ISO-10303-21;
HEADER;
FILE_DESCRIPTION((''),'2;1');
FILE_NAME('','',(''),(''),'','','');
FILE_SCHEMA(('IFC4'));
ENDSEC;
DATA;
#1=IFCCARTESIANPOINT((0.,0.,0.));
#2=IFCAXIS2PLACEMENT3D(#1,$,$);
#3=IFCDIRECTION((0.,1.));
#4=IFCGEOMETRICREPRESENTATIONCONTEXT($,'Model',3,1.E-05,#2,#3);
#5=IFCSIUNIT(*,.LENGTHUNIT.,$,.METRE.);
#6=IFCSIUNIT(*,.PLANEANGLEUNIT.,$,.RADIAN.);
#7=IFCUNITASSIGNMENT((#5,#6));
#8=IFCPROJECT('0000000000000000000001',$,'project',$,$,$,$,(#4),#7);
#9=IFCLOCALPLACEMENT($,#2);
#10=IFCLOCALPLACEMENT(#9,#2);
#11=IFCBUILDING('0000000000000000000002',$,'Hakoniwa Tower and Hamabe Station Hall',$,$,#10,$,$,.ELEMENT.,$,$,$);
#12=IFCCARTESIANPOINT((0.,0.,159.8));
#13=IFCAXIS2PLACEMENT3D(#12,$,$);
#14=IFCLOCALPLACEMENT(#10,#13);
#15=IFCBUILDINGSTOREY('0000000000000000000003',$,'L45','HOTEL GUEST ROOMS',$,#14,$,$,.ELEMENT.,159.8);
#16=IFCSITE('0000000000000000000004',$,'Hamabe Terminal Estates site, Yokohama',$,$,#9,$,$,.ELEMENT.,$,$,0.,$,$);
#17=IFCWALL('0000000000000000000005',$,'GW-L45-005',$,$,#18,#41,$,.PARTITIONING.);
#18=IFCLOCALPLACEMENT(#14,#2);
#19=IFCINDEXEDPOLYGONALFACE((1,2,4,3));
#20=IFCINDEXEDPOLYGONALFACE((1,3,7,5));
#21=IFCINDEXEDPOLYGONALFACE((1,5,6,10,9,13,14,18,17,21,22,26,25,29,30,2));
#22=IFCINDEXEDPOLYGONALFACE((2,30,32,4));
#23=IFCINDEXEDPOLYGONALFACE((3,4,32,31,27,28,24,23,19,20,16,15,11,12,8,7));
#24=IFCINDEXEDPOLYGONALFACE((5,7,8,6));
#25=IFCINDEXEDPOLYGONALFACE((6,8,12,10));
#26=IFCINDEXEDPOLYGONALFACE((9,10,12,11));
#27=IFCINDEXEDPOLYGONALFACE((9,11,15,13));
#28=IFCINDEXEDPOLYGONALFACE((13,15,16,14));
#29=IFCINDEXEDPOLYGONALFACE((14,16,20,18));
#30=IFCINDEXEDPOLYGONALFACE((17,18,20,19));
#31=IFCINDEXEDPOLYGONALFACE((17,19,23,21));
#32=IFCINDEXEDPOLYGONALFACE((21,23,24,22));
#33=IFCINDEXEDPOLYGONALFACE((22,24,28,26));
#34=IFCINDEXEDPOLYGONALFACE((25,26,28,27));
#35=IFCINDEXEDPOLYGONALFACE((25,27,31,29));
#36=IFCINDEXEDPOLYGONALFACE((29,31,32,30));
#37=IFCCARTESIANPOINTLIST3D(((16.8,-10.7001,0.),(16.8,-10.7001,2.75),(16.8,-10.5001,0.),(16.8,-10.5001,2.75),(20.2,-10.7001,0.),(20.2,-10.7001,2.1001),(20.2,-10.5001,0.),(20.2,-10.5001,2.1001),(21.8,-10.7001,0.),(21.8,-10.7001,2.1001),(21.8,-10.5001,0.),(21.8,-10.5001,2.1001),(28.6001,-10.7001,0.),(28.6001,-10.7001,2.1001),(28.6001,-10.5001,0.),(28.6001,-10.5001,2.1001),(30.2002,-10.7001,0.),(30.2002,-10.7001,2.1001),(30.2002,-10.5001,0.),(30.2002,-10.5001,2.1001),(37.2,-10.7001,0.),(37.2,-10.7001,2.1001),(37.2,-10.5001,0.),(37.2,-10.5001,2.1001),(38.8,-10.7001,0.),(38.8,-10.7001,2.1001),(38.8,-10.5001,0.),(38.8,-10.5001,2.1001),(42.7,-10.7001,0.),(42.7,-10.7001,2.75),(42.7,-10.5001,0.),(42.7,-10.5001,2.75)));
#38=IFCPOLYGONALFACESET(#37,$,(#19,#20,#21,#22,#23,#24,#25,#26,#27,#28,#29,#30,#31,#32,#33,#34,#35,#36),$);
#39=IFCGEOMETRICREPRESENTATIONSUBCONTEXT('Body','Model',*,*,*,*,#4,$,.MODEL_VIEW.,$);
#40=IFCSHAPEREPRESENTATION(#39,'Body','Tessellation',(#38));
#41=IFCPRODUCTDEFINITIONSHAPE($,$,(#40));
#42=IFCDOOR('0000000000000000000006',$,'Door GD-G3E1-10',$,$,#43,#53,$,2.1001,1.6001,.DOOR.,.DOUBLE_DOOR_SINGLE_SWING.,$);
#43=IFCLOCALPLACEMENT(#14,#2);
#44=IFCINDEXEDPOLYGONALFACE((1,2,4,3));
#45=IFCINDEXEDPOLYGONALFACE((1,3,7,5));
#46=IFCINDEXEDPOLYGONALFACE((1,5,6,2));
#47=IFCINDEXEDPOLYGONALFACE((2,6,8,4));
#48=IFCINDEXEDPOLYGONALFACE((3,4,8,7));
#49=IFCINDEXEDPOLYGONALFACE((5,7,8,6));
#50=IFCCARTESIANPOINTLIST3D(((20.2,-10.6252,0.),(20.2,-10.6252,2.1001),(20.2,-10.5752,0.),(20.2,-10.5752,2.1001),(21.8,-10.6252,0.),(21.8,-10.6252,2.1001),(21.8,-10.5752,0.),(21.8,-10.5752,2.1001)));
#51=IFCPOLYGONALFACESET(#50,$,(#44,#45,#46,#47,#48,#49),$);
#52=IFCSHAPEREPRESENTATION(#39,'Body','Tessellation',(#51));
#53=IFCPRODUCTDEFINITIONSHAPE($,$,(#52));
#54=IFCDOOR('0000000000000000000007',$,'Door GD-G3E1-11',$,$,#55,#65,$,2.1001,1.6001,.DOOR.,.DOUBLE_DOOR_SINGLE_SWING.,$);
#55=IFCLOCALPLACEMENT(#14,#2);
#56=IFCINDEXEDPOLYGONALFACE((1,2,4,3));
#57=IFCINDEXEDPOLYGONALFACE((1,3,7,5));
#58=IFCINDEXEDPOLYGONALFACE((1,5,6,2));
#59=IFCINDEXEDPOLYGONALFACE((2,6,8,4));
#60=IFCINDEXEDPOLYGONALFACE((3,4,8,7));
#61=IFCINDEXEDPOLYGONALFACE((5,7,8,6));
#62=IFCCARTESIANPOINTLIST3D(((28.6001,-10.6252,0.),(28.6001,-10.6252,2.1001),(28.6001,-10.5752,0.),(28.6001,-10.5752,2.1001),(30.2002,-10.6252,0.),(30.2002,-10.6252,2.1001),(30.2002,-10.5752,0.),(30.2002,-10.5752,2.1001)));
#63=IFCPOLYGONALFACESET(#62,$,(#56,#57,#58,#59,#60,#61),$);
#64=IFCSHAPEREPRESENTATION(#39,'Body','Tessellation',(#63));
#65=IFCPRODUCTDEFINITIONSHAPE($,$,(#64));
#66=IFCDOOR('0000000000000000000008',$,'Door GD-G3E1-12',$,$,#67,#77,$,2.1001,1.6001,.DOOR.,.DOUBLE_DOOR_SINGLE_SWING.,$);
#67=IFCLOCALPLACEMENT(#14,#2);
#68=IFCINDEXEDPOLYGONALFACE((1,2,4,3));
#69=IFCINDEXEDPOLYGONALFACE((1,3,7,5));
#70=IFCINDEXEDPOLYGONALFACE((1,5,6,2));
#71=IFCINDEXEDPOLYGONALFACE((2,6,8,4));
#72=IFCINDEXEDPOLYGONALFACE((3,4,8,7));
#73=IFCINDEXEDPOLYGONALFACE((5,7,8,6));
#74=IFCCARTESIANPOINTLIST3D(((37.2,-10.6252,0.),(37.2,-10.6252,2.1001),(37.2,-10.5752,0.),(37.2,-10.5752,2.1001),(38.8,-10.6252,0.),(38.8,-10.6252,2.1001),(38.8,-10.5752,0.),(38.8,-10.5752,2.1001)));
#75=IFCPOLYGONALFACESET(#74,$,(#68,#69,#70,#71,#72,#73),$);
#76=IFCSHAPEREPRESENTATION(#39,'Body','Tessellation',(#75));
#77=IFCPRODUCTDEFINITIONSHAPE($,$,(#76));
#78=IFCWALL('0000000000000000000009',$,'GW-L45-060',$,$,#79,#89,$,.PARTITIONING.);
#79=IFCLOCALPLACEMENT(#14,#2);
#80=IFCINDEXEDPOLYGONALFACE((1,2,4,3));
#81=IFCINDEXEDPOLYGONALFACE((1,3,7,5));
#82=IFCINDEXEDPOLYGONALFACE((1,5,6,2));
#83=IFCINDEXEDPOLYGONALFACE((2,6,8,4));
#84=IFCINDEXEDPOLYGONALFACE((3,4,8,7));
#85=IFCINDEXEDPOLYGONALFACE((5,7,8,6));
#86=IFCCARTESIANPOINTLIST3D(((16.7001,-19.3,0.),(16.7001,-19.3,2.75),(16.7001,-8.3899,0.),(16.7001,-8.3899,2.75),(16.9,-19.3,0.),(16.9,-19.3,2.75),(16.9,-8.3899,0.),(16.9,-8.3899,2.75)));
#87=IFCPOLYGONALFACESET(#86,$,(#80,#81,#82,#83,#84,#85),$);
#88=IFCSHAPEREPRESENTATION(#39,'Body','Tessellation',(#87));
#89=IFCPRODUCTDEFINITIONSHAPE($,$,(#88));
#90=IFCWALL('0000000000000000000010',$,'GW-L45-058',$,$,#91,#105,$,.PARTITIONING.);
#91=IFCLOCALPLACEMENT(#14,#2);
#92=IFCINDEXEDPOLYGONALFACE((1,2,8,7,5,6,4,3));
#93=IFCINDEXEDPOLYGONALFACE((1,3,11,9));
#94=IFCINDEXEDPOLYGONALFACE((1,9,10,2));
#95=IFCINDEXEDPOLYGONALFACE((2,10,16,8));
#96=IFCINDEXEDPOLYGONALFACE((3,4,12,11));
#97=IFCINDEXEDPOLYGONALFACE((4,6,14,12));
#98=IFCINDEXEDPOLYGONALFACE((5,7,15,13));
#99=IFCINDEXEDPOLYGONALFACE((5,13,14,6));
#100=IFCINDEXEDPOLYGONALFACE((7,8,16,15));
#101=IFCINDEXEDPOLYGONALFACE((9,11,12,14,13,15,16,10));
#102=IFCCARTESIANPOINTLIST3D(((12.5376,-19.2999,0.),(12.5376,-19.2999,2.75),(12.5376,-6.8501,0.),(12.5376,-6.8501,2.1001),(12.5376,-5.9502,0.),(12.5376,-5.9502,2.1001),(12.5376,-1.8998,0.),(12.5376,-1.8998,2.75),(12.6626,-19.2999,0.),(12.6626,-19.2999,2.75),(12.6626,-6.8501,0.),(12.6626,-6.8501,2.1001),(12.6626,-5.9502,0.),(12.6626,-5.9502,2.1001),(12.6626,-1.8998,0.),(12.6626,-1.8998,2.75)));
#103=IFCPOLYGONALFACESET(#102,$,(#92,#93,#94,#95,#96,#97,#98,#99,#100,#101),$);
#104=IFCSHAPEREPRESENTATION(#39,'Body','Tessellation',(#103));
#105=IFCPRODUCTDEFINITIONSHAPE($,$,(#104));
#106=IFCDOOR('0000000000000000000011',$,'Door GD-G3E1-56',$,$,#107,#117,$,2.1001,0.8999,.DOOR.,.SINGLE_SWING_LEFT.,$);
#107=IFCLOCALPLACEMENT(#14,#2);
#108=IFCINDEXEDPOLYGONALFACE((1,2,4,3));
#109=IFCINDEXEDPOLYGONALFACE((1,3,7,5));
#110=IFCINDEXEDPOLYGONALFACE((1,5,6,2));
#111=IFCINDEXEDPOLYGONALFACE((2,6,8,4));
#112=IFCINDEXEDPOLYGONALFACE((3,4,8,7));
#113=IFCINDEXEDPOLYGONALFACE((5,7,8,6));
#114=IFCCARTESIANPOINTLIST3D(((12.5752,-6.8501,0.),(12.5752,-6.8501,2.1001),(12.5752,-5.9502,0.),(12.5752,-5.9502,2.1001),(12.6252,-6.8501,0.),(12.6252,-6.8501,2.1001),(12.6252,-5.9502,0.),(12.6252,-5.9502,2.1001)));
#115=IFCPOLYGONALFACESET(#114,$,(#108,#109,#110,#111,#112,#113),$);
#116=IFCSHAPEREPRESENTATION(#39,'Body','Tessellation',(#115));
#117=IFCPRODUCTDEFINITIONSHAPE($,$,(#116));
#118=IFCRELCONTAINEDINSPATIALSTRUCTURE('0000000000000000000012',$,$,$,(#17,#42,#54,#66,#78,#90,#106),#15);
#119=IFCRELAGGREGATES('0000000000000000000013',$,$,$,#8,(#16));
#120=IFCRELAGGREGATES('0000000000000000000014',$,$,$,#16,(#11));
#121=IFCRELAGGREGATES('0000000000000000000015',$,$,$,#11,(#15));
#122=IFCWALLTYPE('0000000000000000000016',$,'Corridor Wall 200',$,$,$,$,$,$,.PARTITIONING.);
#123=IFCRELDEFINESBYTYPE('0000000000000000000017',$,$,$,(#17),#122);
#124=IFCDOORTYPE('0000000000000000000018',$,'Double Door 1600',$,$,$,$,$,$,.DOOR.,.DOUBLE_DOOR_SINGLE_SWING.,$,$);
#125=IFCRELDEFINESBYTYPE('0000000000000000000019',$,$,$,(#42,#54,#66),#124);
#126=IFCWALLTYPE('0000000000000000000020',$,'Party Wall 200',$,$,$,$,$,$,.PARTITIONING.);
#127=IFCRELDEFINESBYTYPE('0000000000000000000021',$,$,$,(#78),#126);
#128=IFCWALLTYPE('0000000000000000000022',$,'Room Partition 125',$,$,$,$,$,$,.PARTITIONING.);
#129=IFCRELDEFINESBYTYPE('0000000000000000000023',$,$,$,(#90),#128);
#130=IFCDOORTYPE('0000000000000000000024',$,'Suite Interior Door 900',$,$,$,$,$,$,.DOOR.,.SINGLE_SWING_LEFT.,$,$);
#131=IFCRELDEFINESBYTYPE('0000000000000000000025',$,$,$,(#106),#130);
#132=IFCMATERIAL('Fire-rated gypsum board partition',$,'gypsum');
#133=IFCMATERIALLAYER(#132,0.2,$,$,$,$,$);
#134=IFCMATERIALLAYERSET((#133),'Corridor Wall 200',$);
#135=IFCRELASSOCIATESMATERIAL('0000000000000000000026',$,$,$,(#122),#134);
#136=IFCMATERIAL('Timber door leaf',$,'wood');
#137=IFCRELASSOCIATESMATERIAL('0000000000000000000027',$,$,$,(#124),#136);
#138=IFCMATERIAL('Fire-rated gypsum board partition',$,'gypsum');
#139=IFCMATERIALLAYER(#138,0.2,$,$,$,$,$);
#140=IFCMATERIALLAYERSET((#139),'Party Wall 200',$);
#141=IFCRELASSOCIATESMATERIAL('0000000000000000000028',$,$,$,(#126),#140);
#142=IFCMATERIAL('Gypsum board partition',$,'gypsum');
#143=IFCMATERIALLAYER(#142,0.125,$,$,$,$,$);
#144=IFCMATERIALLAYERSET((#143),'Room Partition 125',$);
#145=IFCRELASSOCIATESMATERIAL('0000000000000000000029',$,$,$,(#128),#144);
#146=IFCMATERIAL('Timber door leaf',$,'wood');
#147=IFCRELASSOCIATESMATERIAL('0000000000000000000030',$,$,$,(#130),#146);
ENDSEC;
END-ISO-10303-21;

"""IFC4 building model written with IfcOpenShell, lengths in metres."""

from ifc_helpers import new_model, si_unit, direction, frame, frame_2d, origin, place, context, subcontext, project, spatial, rectangle, extrude, material, layer, layer_set, type_object, element, fill, save


model = new_model("IFC4")

# Units and contexts
model_context = context("Model", 3, precision=1e-05, world=origin(), true_north=direction((0.0, 1.0)))
body_context = subcontext(model_context, "Body", "Model", "MODEL_VIEW")
ifc_project = project(units=[si_unit("LENGTHUNIT", "METRE"), si_unit("PLANEANGLEUNIT", "RADIAN")], contexts=[model_context])

# Site, building, storey
site_placement = place(None, origin())
site = spatial("IfcSite", under=ifc_project, at=site_placement, Name="Hamabe Terminal Estates site, Yokohama", CompositionType="ELEMENT", RefElevation=0.0)
building_placement = place(site_placement, origin())
building = spatial("IfcBuilding", under=site, at=building_placement, Name="Hakoniwa Tower and Hamabe Station Hall", CompositionType="ELEMENT")
storey_placement = place(building_placement, frame((0.0, 0.0, 159.8)))
storey = spatial("IfcBuildingStorey", under=building, at=storey_placement, Name="L45", Description="HOTEL GUEST ROOMS", CompositionType="ELEMENT", Elevation=159.8)

# Wall, openings, doors
ifc_material_1 = material(Name="Fire-rated gypsum board partition", Category="gypsum")
ifc_layer_1 = layer(ifc_material_1, 0.2)
ifc_layer_set_1 = layer_set([ifc_layer_1], Name="Corridor Wall 200")
wall_type_1 = type_object("IfcWallType", Name="Corridor Wall 200", PredefinedType="PARTITIONING", material=ifc_layer_set_1)
wall_1_placement = place(storey_placement, frame((16.8, -10.6001, 0.0), z_axis=(0.0, 0.0, 1.0), x_axis=(1.0, 0.0, 0.0)))
wall_1 = element("IfcWall", 1, at=wall_1_placement, inside=storey, type_object=wall_type_1, Name="GW-L45-005", PredefinedType="PARTITIONING", context=body_context, shape_type="SweptSolid", body=[
    extrude(rectangle(XDim=25.8999, YDim=0.2, at=frame_2d((12.95, 0.0))), origin(), (0.0, 0.0, 1.0), 2.75),
])
opening_1_placement = place(wall_1_placement, frame((3.3999, 0.0, 0.0)))
opening_1 = element("IfcOpeningElement", 2, at=opening_1_placement, cuts=wall_1, PredefinedType="OPENING", context=body_context, shape_type="SweptSolid", body=[
    extrude(rectangle(XDim=1.6001, YDim=2.1001, at=frame_2d((0.8, 1.05))), frame((0.0, 0.1099, 0.0), z_axis=(0.0, -1.0, 0.0), x_axis=(1.0, 0.0, 0.0)), (0.0, 0.0, 1.0), 0.22),
])
opening_2_placement = place(wall_1_placement, frame((11.8, 0.0, 0.0)))
opening_2 = element("IfcOpeningElement", 3, at=opening_2_placement, cuts=wall_1, PredefinedType="OPENING", context=body_context, shape_type="SweptSolid", body=[
    extrude(rectangle(XDim=1.6001, YDim=2.1001, at=frame_2d((0.8, 1.05))), frame((0.0, 0.1099, 0.0), z_axis=(0.0, -1.0, 0.0), x_axis=(1.0, 0.0, 0.0)), (0.0, 0.0, 1.0), 0.22),
])
opening_3_placement = place(wall_1_placement, frame((20.3999, 0.0, 0.0)))
opening_3 = element("IfcOpeningElement", 4, at=opening_3_placement, cuts=wall_1, PredefinedType="OPENING", context=body_context, shape_type="SweptSolid", body=[
    extrude(rectangle(XDim=1.6001, YDim=2.1001, at=frame_2d((0.8, 1.05))), frame((0.0, 0.1099, 0.0), z_axis=(0.0, -1.0, 0.0), x_axis=(1.0, 0.0, 0.0)), (0.0, 0.0, 1.0), 0.22),
])
ifc_material_2 = material(Name="Timber door leaf", Category="wood")
door_type_1 = type_object("IfcDoorType", Name="Double Door 1600", OperationType="DOUBLE_DOOR_SINGLE_SWING", PredefinedType="DOOR", material=ifc_material_2)
door_1_placement = place(opening_1_placement, origin())
door_1 = element("IfcDoor", 5, at=door_1_placement, inside=storey, type_object=door_type_1, Name="Door GD-G3E1-10", OperationType="DOUBLE_DOOR_SINGLE_SWING", OverallHeight=2.1001, OverallWidth=1.6001, PredefinedType="DOOR", context=body_context, shape_type="SweptSolid", body=[
    extrude(rectangle(XDim=1.6001, YDim=2.1001, at=frame_2d((0.8, 1.05))), frame((0.0, 0.0249, 0.0), z_axis=(0.0, -1.0, 0.0), x_axis=(1.0, 0.0, 0.0)), (0.0, 0.0, 1.0), 0.05),
])
fill(opening_1, door_1)
door_2_placement = place(opening_2_placement, origin())
door_2 = element("IfcDoor", 6, at=door_2_placement, inside=storey, type_object=door_type_1, Name="Door GD-G3E1-11", OperationType="DOUBLE_DOOR_SINGLE_SWING", OverallHeight=2.1001, OverallWidth=1.6001, PredefinedType="DOOR", context=body_context, shape_type="SweptSolid", body=[
    extrude(rectangle(XDim=1.6001, YDim=2.1001, at=frame_2d((0.8, 1.05))), frame((0.0, 0.0249, 0.0), z_axis=(0.0, -1.0, 0.0), x_axis=(1.0, 0.0, 0.0)), (0.0, 0.0, 1.0), 0.05),
])
fill(opening_2, door_2)
door_3_placement = place(opening_3_placement, origin())
door_3 = element("IfcDoor", 7, at=door_3_placement, inside=storey, type_object=door_type_1, Name="Door GD-G3E1-12", OperationType="DOUBLE_DOOR_SINGLE_SWING", OverallHeight=2.1001, OverallWidth=1.6001, PredefinedType="DOOR", context=body_context, shape_type="SweptSolid", body=[
    extrude(rectangle(XDim=1.6001, YDim=2.1001, at=frame_2d((0.8, 1.05))), frame((0.0, 0.0249, 0.0), z_axis=(0.0, -1.0, 0.0), x_axis=(1.0, 0.0, 0.0)), (0.0, 0.0, 1.0), 0.05),
])
fill(opening_3, door_3)

# Wall
ifc_material_3 = material(Name="Fire-rated gypsum board partition", Category="gypsum")
ifc_layer_2 = layer(ifc_material_3, 0.2)
ifc_layer_set_2 = layer_set([ifc_layer_2], Name="Party Wall 200")
wall_type_2 = type_object("IfcWallType", Name="Party Wall 200", PredefinedType="PARTITIONING", material=ifc_layer_set_2)
wall_2_placement = place(storey_placement, frame((16.8, -19.3, 0.0), z_axis=(0.0, 0.0, 1.0), x_axis=(0.0, 1.0, 0.0)))
element("IfcWall", 8, at=wall_2_placement, inside=storey, type_object=wall_type_2, Name="GW-L45-060", PredefinedType="PARTITIONING", context=body_context, shape_type="SweptSolid", body=[
    extrude(rectangle(XDim=10.9102, YDim=0.2, at=frame_2d((5.4551, 0.0))), origin(), (0.0, 0.0, 1.0), 2.75),
])

# Wall, opening, door
ifc_material_4 = material(Name="Gypsum board partition", Category="gypsum")
ifc_layer_3 = layer(ifc_material_4, 0.125)
ifc_layer_set_3 = layer_set([ifc_layer_3], Name="Room Partition 125")
wall_type_3 = type_object("IfcWallType", Name="Room Partition 125", PredefinedType="PARTITIONING", material=ifc_layer_set_3)
wall_3_placement = place(storey_placement, frame((12.6001, -19.3, 0.0), z_axis=(0.0, 0.0, 1.0), x_axis=(0.0, 1.0, 0.0)))
wall_3 = element("IfcWall", 9, at=wall_3_placement, inside=storey, type_object=wall_type_3, Name="GW-L45-058", PredefinedType="PARTITIONING", context=body_context, shape_type="SweptSolid", body=[
    extrude(rectangle(XDim=17.4001, YDim=0.125, at=frame_2d((8.7002, 0.0))), origin(), (0.0, 0.0, 1.0), 2.75),
])
opening_4_placement = place(wall_3_placement, frame((12.45, 0.0, 0.0)))
opening_4 = element("IfcOpeningElement", 10, at=opening_4_placement, cuts=wall_3, PredefinedType="OPENING", context=body_context, shape_type="SweptSolid", body=[
    extrude(rectangle(XDim=0.8999, YDim=2.1001, at=frame_2d((0.45, 1.05))), frame((0.0, 0.0725, 0.0), z_axis=(0.0, -1.0, 0.0), x_axis=(1.0, 0.0, 0.0)), (0.0, 0.0, 1.0), 0.145),
])
ifc_material_5 = material(Name="Timber door leaf", Category="wood")
door_type_2 = type_object("IfcDoorType", Name="Suite Interior Door 900", OperationType="SINGLE_SWING_LEFT", PredefinedType="DOOR", material=ifc_material_5)
door_4_placement = place(opening_4_placement, origin())
door_4 = element("IfcDoor", 11, at=door_4_placement, inside=storey, type_object=door_type_2, Name="Door GD-G3E1-56", OperationType="SINGLE_SWING_LEFT", OverallHeight=2.1001, OverallWidth=0.8999, PredefinedType="DOOR", context=body_context, shape_type="SweptSolid", body=[
    extrude(rectangle(XDim=0.8999, YDim=2.1001, at=frame_2d((0.45, 1.05))), frame((0.0, 0.0249, 0.0), z_axis=(0.0, -1.0, 0.0), x_axis=(1.0, 0.0, 0.0)), (0.0, 0.0, 1.0), 0.05),
])
fill(opening_4, door_4)

save(model, "model.ifc")
